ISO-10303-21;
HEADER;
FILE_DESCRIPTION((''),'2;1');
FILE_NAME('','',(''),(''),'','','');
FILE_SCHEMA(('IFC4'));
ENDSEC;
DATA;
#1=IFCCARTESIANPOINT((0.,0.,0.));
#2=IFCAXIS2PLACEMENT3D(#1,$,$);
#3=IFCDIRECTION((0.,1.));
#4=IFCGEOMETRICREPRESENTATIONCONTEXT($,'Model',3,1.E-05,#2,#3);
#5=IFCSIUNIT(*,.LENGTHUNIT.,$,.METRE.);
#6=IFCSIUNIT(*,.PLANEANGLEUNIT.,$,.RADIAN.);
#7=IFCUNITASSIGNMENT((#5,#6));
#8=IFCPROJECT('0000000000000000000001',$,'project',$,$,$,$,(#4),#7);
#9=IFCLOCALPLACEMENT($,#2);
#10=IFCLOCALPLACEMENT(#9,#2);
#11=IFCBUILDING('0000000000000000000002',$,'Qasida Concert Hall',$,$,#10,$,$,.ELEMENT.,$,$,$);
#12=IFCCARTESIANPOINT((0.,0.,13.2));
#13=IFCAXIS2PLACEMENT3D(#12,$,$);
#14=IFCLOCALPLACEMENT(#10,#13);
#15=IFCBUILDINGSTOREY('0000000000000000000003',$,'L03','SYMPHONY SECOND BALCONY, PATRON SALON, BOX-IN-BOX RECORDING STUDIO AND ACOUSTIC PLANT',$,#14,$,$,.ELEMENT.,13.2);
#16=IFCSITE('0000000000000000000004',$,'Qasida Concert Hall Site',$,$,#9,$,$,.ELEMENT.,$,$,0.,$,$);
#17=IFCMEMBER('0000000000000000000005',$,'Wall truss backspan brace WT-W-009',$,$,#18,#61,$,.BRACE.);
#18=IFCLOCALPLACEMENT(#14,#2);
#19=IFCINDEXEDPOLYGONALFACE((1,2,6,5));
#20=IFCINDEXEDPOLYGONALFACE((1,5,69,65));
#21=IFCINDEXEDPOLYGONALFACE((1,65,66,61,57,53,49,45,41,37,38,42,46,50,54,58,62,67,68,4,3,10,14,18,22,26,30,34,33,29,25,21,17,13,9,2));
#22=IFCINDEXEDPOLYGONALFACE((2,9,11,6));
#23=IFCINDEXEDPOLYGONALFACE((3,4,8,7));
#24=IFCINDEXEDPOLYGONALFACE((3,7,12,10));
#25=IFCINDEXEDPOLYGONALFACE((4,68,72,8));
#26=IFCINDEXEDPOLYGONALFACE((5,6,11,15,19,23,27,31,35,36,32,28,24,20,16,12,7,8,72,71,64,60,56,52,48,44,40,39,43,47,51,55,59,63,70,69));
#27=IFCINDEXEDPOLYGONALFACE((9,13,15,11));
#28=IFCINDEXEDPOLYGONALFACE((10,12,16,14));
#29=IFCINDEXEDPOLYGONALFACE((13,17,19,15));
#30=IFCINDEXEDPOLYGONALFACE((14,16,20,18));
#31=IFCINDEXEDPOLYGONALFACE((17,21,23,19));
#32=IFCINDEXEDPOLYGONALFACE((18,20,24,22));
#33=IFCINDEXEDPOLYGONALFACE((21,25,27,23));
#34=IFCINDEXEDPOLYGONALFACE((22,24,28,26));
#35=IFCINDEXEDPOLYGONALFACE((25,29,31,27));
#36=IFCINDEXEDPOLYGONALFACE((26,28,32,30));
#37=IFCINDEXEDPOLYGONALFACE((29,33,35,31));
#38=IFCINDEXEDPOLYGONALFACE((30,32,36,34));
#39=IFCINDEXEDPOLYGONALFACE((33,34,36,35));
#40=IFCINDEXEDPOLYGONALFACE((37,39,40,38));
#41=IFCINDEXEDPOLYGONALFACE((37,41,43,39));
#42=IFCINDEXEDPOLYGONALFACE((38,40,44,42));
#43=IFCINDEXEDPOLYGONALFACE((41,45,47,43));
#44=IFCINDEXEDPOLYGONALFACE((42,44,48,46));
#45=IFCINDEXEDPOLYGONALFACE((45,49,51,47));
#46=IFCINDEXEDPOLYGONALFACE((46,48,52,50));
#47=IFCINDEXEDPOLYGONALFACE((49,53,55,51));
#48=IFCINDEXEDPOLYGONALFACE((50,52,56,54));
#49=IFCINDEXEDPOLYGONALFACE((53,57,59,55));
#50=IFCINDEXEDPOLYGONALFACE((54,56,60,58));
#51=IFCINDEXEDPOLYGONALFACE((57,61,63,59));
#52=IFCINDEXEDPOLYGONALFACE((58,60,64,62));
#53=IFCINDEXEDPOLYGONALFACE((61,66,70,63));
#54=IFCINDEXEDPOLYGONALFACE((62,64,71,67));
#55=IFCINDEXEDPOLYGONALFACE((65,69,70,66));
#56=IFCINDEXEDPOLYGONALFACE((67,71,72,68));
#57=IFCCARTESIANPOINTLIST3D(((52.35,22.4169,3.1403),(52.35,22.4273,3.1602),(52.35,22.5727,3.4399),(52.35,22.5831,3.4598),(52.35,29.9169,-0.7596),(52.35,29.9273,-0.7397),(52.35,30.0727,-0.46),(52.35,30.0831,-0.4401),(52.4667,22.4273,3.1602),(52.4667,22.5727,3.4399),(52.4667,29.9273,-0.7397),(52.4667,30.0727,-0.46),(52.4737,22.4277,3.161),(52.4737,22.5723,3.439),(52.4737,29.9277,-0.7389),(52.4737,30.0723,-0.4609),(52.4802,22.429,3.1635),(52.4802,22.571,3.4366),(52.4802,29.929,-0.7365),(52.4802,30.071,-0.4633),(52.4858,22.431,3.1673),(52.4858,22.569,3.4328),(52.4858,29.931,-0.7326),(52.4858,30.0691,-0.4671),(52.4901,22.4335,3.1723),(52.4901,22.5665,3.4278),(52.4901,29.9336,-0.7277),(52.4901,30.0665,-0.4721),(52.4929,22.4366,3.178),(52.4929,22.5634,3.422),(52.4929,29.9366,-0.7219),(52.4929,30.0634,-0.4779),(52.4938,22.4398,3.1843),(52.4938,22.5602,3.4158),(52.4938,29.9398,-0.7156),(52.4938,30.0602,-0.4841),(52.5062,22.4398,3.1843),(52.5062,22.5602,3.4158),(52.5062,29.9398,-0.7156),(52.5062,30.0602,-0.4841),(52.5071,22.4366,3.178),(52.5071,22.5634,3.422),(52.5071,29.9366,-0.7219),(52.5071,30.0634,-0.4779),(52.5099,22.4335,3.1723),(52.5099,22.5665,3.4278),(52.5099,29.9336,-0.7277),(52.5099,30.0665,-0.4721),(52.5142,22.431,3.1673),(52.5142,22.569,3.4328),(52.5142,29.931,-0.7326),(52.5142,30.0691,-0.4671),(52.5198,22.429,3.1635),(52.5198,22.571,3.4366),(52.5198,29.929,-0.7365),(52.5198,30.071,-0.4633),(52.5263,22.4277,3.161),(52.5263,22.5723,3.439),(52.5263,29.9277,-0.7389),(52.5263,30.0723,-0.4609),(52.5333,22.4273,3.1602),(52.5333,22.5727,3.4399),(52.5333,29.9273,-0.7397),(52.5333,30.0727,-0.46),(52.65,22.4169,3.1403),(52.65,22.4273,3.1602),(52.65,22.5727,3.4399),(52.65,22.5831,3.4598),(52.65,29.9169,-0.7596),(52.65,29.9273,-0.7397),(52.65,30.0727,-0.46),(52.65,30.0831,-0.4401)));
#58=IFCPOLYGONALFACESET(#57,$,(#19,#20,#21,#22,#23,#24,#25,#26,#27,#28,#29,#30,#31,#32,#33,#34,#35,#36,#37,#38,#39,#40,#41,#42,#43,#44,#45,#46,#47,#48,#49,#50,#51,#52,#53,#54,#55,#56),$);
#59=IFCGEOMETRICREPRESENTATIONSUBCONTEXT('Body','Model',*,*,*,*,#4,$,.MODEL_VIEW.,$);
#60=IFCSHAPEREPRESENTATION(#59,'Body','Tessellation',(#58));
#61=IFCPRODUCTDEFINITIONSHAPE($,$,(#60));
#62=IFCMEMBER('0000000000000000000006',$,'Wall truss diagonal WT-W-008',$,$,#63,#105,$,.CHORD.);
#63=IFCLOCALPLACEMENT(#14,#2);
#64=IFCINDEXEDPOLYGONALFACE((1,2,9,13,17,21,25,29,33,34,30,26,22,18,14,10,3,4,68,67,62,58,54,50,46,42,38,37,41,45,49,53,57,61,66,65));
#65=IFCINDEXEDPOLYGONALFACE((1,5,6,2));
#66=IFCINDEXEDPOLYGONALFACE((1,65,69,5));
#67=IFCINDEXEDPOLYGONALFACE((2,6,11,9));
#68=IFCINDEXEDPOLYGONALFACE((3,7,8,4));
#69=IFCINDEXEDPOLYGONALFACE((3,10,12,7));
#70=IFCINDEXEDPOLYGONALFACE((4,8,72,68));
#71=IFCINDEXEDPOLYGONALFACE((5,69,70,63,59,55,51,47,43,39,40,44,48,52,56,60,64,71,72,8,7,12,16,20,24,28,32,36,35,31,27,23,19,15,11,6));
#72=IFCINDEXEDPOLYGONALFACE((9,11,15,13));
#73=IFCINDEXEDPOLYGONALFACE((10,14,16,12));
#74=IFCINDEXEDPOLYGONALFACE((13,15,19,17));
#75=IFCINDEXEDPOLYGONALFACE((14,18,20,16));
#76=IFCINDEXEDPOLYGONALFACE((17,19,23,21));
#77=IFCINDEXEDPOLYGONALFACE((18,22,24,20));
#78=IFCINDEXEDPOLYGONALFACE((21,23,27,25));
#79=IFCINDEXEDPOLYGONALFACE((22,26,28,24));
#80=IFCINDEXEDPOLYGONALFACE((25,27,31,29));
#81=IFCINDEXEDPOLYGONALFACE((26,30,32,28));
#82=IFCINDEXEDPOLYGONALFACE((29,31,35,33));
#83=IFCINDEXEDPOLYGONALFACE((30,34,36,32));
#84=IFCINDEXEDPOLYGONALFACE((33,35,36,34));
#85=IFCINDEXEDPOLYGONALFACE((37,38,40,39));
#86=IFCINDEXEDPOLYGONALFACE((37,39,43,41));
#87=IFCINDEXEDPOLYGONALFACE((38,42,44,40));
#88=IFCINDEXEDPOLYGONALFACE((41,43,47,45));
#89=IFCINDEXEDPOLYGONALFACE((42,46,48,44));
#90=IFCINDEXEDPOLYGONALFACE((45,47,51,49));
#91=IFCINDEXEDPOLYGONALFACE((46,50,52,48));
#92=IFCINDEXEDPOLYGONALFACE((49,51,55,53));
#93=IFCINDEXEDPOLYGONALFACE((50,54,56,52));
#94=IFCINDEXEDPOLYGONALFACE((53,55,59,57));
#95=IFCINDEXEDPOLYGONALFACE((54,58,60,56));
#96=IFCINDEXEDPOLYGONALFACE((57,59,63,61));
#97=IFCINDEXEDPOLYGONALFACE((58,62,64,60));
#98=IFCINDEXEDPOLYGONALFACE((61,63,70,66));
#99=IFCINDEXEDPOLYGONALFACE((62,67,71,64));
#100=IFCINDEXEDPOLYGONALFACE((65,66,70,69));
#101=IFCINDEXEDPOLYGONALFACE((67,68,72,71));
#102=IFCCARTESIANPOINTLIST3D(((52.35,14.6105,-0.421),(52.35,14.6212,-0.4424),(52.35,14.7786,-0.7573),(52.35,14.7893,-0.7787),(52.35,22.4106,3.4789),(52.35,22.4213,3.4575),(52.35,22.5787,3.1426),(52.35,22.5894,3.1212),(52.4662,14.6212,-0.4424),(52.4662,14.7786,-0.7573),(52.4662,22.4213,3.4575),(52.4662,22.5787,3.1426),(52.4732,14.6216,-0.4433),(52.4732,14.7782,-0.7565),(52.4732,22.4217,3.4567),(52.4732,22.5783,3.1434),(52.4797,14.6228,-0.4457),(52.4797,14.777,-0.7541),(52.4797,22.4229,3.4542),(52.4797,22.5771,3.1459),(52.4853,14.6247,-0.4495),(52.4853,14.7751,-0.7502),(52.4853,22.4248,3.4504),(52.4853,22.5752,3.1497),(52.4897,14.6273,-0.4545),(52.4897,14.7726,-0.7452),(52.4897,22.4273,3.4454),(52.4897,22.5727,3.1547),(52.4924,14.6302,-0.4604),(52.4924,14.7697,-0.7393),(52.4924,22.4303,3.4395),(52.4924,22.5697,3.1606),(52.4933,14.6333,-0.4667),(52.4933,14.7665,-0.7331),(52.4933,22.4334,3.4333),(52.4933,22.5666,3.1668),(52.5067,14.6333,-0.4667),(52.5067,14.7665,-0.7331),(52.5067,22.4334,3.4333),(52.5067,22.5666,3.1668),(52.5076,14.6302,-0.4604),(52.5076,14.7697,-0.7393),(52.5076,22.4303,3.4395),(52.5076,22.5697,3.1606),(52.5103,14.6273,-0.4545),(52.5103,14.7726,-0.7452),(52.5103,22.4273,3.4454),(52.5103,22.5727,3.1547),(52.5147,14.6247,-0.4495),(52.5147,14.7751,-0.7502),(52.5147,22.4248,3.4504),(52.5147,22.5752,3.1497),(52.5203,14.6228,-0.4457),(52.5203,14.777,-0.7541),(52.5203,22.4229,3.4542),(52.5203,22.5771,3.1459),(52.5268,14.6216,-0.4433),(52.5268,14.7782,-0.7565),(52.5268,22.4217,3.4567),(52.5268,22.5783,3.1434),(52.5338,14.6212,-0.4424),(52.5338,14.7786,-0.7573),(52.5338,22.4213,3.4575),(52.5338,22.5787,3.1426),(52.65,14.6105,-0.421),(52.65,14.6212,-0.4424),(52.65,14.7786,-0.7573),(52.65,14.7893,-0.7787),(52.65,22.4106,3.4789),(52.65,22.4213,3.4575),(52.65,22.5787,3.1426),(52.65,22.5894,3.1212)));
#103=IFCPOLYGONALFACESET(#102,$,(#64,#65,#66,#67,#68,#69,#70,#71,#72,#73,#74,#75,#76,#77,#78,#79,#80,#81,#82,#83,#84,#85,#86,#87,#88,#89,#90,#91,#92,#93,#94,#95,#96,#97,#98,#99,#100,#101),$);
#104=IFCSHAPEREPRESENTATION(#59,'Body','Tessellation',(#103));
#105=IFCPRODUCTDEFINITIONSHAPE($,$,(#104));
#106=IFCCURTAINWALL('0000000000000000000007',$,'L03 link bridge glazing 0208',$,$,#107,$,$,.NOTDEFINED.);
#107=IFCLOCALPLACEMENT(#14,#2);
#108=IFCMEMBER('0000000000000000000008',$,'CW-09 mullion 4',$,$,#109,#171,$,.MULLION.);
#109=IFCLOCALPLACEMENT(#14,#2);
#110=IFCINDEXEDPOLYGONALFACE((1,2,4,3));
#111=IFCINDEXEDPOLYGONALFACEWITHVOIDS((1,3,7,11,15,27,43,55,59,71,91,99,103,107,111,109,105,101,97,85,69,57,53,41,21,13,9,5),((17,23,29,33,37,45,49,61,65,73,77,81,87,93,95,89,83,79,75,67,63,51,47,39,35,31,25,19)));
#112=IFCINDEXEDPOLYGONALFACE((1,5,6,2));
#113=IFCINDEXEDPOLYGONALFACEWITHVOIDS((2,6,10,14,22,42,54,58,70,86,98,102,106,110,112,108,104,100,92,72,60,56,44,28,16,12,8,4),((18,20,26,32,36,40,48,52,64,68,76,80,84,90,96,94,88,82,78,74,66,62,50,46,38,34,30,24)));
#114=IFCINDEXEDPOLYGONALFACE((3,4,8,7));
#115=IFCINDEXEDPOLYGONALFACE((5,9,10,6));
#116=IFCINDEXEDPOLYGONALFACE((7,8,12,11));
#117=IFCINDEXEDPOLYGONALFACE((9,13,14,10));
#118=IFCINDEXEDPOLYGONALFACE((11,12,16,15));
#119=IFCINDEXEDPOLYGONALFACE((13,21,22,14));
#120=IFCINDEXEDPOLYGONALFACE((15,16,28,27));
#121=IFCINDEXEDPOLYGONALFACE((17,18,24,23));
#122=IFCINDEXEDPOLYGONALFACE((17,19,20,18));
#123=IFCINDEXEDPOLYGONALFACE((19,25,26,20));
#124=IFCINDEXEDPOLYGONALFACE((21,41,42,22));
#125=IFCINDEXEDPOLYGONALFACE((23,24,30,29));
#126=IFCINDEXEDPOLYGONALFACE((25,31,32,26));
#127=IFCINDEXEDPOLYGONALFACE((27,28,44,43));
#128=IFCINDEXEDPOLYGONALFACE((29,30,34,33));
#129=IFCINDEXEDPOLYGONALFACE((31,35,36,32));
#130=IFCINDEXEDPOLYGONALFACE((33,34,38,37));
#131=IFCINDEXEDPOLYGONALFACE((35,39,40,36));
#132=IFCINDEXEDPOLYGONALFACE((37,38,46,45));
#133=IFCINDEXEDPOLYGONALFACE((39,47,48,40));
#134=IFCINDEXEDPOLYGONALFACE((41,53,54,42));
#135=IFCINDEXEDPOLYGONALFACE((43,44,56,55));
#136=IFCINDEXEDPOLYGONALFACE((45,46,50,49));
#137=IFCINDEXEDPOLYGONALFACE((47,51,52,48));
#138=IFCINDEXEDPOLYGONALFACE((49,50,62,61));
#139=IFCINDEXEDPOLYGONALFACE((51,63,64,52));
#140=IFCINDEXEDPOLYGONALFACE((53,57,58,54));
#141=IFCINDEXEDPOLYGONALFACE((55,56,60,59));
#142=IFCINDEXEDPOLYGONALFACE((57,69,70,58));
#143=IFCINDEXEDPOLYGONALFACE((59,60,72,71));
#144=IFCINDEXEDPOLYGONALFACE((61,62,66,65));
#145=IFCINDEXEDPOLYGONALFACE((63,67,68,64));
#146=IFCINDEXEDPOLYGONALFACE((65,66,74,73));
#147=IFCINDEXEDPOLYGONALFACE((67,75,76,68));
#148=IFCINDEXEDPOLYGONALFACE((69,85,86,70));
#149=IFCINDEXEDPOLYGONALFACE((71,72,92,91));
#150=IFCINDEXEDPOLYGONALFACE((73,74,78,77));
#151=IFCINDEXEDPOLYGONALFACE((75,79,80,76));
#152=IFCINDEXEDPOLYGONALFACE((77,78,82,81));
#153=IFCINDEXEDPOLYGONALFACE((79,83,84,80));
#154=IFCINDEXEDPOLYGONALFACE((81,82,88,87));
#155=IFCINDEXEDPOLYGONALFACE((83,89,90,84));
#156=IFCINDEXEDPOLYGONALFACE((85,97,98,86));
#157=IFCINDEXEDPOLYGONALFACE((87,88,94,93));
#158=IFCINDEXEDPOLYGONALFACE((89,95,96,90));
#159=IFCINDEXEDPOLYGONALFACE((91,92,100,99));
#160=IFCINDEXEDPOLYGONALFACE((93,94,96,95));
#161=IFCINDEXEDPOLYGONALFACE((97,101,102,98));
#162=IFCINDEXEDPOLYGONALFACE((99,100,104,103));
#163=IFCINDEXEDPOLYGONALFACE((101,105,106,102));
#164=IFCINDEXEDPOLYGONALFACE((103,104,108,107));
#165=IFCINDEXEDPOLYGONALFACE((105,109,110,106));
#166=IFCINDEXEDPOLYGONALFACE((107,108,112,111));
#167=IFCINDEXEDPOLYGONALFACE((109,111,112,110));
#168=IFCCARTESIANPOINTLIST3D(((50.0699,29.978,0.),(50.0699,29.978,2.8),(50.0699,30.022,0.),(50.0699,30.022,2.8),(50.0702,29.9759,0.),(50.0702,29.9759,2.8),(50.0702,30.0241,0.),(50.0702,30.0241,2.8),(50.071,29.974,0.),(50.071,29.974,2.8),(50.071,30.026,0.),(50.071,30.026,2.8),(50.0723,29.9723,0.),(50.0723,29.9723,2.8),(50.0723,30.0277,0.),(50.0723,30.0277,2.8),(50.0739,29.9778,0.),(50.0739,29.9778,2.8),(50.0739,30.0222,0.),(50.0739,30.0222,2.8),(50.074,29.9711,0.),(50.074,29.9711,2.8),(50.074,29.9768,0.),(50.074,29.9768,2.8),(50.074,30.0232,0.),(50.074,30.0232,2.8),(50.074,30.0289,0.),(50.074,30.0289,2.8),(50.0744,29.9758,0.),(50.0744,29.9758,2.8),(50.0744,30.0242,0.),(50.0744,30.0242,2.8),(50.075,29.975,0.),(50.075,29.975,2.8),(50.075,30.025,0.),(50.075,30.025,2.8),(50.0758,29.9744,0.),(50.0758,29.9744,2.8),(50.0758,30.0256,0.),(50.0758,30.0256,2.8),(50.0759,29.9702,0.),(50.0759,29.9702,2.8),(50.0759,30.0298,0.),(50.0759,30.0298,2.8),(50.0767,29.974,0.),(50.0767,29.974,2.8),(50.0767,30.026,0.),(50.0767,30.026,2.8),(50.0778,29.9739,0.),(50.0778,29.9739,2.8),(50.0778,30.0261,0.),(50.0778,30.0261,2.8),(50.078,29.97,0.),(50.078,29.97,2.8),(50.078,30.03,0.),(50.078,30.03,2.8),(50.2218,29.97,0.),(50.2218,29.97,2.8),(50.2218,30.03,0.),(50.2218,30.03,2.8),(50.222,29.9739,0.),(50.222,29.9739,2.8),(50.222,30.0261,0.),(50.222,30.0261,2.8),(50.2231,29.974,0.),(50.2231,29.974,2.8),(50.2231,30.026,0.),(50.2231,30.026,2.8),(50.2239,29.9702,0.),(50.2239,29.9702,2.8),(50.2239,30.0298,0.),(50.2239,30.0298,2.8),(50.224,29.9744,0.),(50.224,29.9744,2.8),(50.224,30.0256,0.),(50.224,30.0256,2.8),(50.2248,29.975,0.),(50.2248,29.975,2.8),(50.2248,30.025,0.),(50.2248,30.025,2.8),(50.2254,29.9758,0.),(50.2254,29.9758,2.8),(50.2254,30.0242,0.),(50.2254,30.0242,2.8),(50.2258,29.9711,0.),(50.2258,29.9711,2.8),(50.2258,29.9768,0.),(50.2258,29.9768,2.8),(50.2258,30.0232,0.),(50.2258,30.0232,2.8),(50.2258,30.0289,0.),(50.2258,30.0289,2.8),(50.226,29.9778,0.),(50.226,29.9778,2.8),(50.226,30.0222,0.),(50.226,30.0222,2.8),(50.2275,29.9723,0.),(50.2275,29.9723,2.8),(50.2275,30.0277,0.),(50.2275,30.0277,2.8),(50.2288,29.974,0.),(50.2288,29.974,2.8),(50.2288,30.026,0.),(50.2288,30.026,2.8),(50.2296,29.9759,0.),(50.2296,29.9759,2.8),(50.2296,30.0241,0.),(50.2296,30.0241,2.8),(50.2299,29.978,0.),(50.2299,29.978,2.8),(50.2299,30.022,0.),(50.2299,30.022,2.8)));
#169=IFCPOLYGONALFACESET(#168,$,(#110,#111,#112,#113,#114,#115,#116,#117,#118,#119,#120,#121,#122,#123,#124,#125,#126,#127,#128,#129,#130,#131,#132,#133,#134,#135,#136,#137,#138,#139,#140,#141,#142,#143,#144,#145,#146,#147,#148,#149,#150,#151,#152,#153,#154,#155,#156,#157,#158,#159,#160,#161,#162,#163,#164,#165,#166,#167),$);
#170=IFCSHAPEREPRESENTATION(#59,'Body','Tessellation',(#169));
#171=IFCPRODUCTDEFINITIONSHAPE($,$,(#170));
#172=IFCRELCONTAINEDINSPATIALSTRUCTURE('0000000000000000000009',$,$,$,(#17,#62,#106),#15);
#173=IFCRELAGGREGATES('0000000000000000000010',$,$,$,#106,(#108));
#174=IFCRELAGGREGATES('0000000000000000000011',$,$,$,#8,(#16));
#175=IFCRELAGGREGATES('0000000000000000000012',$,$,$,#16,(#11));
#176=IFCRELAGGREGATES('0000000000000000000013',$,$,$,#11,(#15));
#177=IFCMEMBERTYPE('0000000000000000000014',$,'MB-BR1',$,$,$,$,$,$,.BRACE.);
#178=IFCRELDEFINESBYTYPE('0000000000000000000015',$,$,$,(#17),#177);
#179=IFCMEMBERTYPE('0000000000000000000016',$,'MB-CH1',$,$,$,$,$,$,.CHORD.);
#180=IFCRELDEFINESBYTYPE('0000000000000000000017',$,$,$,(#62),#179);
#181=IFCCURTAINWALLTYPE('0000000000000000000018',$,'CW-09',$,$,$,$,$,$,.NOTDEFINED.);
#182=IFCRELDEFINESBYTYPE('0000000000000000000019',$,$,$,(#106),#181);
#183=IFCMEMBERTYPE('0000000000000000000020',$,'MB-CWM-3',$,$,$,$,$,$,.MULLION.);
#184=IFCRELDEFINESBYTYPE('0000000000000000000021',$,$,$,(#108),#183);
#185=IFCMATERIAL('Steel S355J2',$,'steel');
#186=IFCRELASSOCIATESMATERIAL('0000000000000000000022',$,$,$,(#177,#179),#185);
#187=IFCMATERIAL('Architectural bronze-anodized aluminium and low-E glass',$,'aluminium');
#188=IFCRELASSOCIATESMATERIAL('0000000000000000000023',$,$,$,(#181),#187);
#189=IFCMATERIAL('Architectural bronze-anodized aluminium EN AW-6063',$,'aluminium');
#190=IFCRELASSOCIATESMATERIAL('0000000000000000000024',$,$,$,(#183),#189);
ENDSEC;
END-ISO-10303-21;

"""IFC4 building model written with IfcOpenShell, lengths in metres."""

from ifc_helpers import new_model, si_unit, direction, frame, origin, origin_2d, place, context, subcontext, project, spatial, hollow_rectangle, i_section, extrude, material, material_profile, profile_set, type_object, element, aggregate, save


model = new_model("IFC4")

# Units and contexts
model_context = context("Model", 3, precision=1e-05, world=origin(), true_north=direction((0.0, 1.0)))
body_context = subcontext(model_context, "Body", "Model", "MODEL_VIEW")
ifc_project = project(units=[si_unit("LENGTHUNIT", "METRE"), si_unit("PLANEANGLEUNIT", "RADIAN")], contexts=[model_context])

# Site, building, storey
site_placement = place(None, origin())
site = spatial("IfcSite", under=ifc_project, at=site_placement, Name="Qasida Concert Hall Site", CompositionType="ELEMENT", RefElevation=0.0)
building_placement = place(site_placement, origin())
building = spatial("IfcBuilding", under=site, at=building_placement, Name="Qasida Concert Hall", CompositionType="ELEMENT")
storey_placement = place(building_placement, frame((0.0, 0.0, 13.2)))
storey = spatial("IfcBuildingStorey", under=building, at=storey_placement, Name="L03", Description="SYMPHONY SECOND BALCONY, PATRON SALON, BOX-IN-BOX RECORDING STUDIO AND ACOUSTIC PLANT", CompositionType="ELEMENT", Elevation=13.2)

# Shared definitions
ifc_material_1 = material(Name="Steel S355J2", Category="steel")

# Members
ifc_material_profile_1 = material_profile(ifc_material_1, i_section(OverallWidth=0.3, OverallDepth=0.3601, WebThickness=0.0125, FlangeThickness=0.0225, FilletRadius=0.0271, at=origin_2d()), Name="HEB 360")
ifc_profile_set_1 = profile_set([ifc_material_profile_1], Name="Steel S355J2")
member_type_1 = type_object("IfcMemberType", Name="MB-BR1", PredefinedType="BRACE", material=ifc_profile_set_1)
member_1_placement = place(storey_placement, frame((52.5, 22.5, 3.3), z_axis=(0.0, 0.887222, -0.461344), x_axis=(-1.0, 0.0, 0.0)))
element("IfcMember", 1, at=member_1_placement, inside=storey, type_object=member_type_1, Name="Wall truss backspan brace WT-W-009", PredefinedType="BRACE", context=body_context, shape_type="SweptSolid", body=[
    extrude(i_section(OverallWidth=0.3, OverallDepth=0.3601, WebThickness=0.0125, FlangeThickness=0.0225, FilletRadius=0.0271, at=origin_2d()), origin(), (0.0, 0.0, 1.0), 8.4534),
])
ifc_material_profile_2 = material_profile(ifc_material_1, i_section(OverallWidth=0.3, OverallDepth=0.3999, WebThickness=0.0134, FlangeThickness=0.0239, FilletRadius=0.0271, at=origin_2d()), Name="HEB 400")
ifc_profile_set_2 = profile_set([ifc_material_profile_2], Name="Steel S355J2")
member_type_2 = type_object("IfcMemberType", Name="MB-CH1", PredefinedType="CHORD", material=ifc_profile_set_2)
member_2_placement = place(storey_placement, frame((52.5, 22.5, 3.3), z_axis=(0.0, -0.894433, -0.447202), x_axis=(1.0, 0.0, 0.0)))
element("IfcMember", 2, at=member_2_placement, inside=storey, type_object=member_type_2, Name="Wall truss diagonal WT-W-008", PredefinedType="CHORD", context=body_context, shape_type="SweptSolid", body=[
    extrude(i_section(OverallWidth=0.3, OverallDepth=0.3999, WebThickness=0.0134, FlangeThickness=0.0239, FilletRadius=0.0271, at=origin_2d()), origin(), (0.0, 0.0, 1.0), 8.7207),
])

# Curtain wall, member
ifc_material_2 = material(Name="Architectural bronze-anodized aluminium and low-E glass", Category="aluminium")
curtain_wall_type_1 = type_object("IfcCurtainWallType", Name="CW-09", PredefinedType="NOTDEFINED", material=ifc_material_2)
curtain_wall_1_placement = place(storey_placement, origin())
curtain_wall_1 = element("IfcCurtainWall", 3, at=curtain_wall_1_placement, inside=storey, type_object=curtain_wall_type_1, Name="L03 link bridge glazing 0208", PredefinedType="NOTDEFINED")
ifc_material_3 = material(Name="Architectural bronze-anodized aluminium EN AW-6063", Category="aluminium")
ifc_material_profile_3 = material_profile(ifc_material_3, hollow_rectangle(XDim=0.0601, YDim=0.1599, WallThickness=0.0039, InnerFilletRadius=0.0039, OuterFilletRadius=0.0081, at=origin_2d()), Name="CWM 160x60x4")
ifc_profile_set_3 = profile_set([ifc_material_profile_3], Name="Architectural bronze-anodized aluminium EN AW-6063")
member_type_3 = type_object("IfcMemberType", Name="MB-CWM-3", PredefinedType="MULLION", material=ifc_profile_set_3)
member_3_placement = place(storey_placement, frame((50.1499, 30.0, 0.0), z_axis=(0.0, 0.0, 1.0), x_axis=(0.0, 1.0, 0.0)))
member_3 = element("IfcMember", 4, at=member_3_placement, type_object=member_type_3, Name="CW-09 mullion 4", PredefinedType="MULLION", context=body_context, shape_type="SweptSolid", body=[
    extrude(hollow_rectangle(XDim=0.0601, YDim=0.1599, WallThickness=0.0039, InnerFilletRadius=0.0039, OuterFilletRadius=0.0081, at=origin_2d()), origin(), (0.0, 0.0, 1.0), 2.8),
])

aggregate(curtain_wall_1, [member_3])

save(model, "model.ifc")
